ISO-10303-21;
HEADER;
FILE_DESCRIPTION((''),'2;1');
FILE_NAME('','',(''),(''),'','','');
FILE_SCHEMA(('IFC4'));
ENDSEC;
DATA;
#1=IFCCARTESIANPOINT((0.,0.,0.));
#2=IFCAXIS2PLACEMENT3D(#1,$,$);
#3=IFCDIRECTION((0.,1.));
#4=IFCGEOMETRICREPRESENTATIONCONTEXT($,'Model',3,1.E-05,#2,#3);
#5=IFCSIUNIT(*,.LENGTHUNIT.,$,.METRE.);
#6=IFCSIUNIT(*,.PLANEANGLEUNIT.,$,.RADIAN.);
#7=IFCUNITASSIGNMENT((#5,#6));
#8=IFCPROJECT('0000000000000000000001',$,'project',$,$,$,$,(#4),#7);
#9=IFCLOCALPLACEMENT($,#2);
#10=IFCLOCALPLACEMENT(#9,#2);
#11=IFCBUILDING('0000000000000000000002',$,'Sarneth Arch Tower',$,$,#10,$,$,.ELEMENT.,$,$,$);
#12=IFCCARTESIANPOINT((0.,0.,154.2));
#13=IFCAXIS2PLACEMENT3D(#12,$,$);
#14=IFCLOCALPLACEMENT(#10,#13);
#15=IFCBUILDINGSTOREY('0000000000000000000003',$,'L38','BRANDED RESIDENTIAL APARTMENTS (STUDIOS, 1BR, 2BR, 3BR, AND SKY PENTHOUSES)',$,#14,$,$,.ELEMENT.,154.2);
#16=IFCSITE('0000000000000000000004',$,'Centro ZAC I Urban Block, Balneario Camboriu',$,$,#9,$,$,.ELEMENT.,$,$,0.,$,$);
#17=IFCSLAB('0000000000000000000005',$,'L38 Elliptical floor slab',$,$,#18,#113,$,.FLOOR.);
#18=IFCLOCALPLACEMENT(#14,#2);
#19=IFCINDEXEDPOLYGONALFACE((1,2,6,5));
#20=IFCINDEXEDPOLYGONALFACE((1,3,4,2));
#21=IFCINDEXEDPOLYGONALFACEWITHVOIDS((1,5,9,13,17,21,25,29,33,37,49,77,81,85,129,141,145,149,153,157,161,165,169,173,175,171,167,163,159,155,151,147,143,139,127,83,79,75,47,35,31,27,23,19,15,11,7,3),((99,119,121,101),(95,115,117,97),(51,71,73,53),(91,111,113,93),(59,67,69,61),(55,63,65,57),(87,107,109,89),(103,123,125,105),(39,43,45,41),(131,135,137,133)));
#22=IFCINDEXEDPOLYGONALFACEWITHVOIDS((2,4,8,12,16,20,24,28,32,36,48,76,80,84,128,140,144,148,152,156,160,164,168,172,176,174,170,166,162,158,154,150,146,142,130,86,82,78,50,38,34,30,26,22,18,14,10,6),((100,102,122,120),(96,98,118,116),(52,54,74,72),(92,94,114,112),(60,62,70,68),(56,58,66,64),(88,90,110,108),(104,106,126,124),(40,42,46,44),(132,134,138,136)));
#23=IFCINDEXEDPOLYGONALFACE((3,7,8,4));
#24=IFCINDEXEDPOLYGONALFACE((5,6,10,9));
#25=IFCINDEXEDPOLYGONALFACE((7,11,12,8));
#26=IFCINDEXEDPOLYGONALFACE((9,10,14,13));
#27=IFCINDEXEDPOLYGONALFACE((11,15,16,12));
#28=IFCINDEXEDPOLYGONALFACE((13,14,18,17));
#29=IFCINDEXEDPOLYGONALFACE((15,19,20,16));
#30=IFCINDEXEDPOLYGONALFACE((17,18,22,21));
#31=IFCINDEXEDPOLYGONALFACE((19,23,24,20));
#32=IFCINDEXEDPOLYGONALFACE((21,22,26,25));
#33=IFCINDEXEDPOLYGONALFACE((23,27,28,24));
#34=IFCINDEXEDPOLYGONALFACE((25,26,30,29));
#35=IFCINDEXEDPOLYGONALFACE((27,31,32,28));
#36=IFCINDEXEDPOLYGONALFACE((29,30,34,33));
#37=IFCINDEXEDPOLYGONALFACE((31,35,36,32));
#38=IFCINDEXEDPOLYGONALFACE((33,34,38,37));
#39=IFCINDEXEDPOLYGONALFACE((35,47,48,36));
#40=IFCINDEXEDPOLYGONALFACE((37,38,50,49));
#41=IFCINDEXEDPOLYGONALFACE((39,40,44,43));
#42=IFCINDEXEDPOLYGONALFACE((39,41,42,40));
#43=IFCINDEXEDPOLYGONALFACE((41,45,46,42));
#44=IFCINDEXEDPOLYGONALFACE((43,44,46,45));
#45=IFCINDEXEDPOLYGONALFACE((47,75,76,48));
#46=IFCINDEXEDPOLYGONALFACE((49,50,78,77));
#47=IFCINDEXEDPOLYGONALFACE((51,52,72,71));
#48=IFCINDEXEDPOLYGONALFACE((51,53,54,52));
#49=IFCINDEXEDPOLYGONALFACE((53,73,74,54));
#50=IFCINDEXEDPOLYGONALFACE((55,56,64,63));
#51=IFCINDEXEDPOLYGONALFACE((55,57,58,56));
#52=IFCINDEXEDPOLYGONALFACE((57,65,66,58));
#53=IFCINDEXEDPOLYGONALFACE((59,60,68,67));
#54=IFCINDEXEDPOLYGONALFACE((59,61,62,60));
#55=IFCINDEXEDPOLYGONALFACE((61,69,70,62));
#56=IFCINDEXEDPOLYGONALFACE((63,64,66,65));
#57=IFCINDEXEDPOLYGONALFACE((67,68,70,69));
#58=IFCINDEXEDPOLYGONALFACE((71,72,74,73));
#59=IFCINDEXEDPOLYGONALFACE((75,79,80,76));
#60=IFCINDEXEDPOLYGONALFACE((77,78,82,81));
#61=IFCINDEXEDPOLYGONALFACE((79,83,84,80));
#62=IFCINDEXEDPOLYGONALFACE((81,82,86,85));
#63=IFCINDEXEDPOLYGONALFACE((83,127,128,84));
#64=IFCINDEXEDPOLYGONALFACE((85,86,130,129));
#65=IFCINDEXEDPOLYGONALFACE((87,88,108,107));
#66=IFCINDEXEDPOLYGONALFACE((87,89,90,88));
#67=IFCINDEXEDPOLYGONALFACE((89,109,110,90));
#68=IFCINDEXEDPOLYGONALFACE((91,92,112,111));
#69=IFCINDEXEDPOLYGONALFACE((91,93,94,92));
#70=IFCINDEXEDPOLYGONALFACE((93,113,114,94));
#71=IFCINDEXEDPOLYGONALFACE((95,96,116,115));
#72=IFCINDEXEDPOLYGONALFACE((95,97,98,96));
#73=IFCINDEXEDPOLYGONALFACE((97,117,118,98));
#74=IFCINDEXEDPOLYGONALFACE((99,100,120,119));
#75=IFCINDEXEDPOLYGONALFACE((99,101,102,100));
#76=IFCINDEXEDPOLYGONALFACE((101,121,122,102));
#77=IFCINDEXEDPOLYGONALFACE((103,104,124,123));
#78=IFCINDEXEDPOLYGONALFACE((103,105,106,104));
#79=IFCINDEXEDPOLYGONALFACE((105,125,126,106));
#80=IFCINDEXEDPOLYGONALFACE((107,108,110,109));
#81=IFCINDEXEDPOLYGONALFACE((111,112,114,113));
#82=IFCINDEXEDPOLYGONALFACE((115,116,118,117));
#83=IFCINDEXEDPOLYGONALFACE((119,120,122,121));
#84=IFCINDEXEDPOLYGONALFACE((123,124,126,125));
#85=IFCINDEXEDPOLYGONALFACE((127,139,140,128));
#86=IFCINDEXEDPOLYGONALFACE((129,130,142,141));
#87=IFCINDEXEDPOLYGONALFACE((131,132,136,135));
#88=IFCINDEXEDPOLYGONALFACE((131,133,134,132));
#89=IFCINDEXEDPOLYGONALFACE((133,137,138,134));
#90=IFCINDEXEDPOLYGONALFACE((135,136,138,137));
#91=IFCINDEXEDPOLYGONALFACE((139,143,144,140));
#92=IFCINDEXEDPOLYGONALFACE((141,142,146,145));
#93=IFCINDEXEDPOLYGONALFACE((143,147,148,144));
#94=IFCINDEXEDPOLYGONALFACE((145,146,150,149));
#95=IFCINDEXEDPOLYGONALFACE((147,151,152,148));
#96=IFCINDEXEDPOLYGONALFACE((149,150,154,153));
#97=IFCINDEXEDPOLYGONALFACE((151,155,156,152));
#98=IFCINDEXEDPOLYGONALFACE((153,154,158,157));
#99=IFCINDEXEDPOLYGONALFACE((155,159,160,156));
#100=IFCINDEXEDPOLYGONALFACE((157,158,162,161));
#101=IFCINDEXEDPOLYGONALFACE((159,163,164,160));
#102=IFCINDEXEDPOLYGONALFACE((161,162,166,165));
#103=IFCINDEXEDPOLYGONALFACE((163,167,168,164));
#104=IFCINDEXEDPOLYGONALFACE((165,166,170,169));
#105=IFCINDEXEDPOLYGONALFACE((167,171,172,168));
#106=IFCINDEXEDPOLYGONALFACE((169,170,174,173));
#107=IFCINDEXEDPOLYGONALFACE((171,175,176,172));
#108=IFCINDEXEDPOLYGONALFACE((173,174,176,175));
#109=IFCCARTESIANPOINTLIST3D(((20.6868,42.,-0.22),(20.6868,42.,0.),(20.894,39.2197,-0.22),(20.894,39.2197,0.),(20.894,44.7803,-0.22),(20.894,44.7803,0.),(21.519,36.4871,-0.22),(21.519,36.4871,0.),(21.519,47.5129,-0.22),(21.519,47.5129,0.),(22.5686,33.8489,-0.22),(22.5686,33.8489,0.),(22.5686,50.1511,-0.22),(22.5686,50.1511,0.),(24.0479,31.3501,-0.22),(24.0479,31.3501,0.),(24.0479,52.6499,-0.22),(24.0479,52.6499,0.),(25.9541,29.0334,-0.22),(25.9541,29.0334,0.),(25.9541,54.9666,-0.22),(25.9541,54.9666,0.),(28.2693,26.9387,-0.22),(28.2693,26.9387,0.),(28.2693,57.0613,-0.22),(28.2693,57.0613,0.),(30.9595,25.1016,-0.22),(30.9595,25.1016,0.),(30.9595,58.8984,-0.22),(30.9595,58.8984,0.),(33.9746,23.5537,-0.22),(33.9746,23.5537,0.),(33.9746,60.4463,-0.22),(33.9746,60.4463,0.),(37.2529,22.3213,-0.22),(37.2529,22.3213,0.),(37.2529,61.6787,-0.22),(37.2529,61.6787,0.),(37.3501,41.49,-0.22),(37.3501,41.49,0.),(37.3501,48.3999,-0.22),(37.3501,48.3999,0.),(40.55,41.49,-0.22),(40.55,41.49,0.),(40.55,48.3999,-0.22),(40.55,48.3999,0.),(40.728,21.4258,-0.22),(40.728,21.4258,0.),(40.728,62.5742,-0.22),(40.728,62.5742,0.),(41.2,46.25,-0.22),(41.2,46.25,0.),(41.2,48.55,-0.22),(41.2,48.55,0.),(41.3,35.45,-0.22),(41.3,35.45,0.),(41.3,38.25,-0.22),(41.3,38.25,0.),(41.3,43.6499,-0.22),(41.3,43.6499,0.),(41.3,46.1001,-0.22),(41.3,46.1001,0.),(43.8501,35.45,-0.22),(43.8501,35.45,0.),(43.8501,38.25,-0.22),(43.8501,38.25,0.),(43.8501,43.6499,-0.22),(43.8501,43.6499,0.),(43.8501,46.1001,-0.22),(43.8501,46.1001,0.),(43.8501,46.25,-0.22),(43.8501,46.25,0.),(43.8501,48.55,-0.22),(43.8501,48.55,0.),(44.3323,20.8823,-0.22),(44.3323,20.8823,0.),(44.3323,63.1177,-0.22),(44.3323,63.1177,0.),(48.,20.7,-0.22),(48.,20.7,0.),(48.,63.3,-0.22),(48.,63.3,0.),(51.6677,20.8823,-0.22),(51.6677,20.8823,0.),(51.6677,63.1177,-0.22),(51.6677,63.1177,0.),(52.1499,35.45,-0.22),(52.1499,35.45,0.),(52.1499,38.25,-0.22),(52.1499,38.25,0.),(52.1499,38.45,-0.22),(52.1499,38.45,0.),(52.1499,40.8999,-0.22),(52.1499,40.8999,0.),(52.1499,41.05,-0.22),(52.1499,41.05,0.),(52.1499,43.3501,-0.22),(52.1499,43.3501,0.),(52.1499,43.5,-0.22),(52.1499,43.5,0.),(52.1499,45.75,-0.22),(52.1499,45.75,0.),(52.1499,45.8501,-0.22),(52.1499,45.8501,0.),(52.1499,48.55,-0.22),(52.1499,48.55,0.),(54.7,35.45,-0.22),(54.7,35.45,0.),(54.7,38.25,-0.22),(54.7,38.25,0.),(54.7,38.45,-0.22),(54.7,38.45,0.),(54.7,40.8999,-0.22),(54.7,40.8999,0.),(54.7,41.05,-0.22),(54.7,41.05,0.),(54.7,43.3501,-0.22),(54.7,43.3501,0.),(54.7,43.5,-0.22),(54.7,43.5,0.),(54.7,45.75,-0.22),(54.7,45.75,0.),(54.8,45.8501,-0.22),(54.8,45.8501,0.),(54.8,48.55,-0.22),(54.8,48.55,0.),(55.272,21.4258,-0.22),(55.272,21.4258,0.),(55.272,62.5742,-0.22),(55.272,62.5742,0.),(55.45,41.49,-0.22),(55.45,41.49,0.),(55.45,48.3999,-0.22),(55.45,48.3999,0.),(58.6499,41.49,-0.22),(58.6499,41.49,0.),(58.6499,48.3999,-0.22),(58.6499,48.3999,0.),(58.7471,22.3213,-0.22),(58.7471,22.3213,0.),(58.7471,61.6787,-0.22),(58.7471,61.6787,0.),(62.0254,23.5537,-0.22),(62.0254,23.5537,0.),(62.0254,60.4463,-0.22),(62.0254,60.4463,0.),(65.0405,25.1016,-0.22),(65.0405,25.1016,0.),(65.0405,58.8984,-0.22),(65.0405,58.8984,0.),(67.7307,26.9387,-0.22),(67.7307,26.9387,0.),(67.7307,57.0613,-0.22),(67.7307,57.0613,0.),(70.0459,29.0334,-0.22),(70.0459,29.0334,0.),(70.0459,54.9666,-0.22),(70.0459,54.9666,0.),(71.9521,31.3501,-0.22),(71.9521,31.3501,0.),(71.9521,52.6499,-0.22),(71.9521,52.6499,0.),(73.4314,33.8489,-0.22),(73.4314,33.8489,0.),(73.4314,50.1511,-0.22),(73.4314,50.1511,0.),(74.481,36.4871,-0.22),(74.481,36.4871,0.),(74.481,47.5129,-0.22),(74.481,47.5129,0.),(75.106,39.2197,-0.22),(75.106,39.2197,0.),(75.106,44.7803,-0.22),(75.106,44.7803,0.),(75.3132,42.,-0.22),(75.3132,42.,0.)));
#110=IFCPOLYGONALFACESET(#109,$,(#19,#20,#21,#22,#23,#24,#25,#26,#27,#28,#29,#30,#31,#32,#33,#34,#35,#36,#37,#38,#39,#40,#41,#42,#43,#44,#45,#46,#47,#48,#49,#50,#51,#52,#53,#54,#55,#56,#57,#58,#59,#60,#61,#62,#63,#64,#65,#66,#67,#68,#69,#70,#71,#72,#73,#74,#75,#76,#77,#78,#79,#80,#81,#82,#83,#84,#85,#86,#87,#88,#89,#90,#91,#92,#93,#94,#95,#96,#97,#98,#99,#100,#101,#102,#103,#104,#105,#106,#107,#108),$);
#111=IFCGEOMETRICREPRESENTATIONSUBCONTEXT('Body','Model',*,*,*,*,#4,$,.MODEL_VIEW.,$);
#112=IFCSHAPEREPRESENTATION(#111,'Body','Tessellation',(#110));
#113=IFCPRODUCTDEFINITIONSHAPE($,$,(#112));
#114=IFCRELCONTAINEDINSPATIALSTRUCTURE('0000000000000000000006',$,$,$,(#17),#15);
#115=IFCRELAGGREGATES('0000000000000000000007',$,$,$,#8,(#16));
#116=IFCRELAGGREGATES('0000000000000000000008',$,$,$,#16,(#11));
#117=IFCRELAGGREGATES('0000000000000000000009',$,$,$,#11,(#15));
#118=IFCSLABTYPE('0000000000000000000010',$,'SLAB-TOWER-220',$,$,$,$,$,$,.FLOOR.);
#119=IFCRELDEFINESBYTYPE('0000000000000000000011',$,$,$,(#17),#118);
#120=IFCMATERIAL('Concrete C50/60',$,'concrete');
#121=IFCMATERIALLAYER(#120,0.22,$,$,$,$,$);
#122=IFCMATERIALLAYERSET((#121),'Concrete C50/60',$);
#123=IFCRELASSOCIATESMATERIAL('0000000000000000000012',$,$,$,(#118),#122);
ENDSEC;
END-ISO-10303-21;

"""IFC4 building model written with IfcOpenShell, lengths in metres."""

from ifc_helpers import new_model, si_unit, direction, frame, origin, place, context, subcontext, project, spatial, polyline, outline, extrude, material, layer, layer_set, type_object, element, save


model = new_model("IFC4")

# Units and contexts
model_context = context("Model", 3, precision=1e-05, world=origin(), true_north=direction((0.0, 1.0)))
body_context = subcontext(model_context, "Body", "Model", "MODEL_VIEW")
ifc_project = project(units=[si_unit("LENGTHUNIT", "METRE"), si_unit("PLANEANGLEUNIT", "RADIAN")], contexts=[model_context])

# Site, building, storey
site_placement = place(None, origin())
site = spatial("IfcSite", under=ifc_project, at=site_placement, Name="Centro ZAC I Urban Block, Balneario Camboriu", CompositionType="ELEMENT", RefElevation=0.0)
building_placement = place(site_placement, origin())
building = spatial("IfcBuilding", under=site, at=building_placement, Name="Sarneth Arch Tower", CompositionType="ELEMENT")
storey_placement = place(building_placement, frame((0.0, 0.0, 154.2)))
storey = spatial("IfcBuildingStorey", under=building, at=storey_placement, Name="L38", Description="BRANDED RESIDENTIAL APARTMENTS (STUDIOS, 1BR, 2BR, 3BR, AND SKY PENTHOUSES)", CompositionType="ELEMENT", Elevation=154.2)

# Slab
ifc_material_1 = material(Name="Concrete C50/60", Category="concrete")
ifc_layer_1 = layer(ifc_material_1, 0.22)
ifc_layer_set_1 = layer_set([ifc_layer_1], Name="Concrete C50/60")
slab_type_1 = type_object("IfcSlabType", Name="SLAB-TOWER-220", PredefinedType="FLOOR", material=ifc_layer_set_1)
slab_1_placement = place(storey_placement, frame((0.0, 0.0, -0.22)))
element("IfcSlab", 1, at=slab_1_placement, inside=storey, type_object=slab_type_1, Name="L38 Elliptical floor slab", PredefinedType="FLOOR", context=body_context, shape_type="SweptSolid", body=[
    extrude(outline(polyline([(75.3132, 42.0), (75.106, 44.7803), (74.481, 47.5129), (73.4314, 50.1511), (71.9521, 52.6499), (70.0459, 54.9666), (67.7307, 57.0613), (65.0405, 58.8984), (62.0254, 60.4463), (58.7471, 61.6787), (55.272, 62.5742), (51.6677, 63.1177), (48.0, 63.3), (44.3323, 63.1177), (40.728, 62.5742), (37.2529, 61.6787), (33.9746, 60.4463), (30.9595, 58.8984), (28.2693, 57.0613), (25.9541, 54.9666), (24.0479, 52.6499), (22.5686, 50.1511), (21.519, 47.5129), (20.894, 44.7803), (20.6868, 42.0), (20.894, 39.2197), (21.519, 36.4871), (22.5686, 33.8489), (24.0479, 31.3501), (25.9541, 29.0334), (28.2693, 26.9387), (30.9595, 25.1016), (33.9746, 23.5537), (37.2529, 22.3213), (40.728, 21.4258), (44.3323, 20.8823), (48.0, 20.7), (51.6677, 20.8823), (55.272, 21.4258), (58.7471, 22.3213), (62.0254, 23.5537), (65.0405, 25.1016), (67.7307, 26.9387), (70.0459, 29.0334), (71.9521, 31.3501), (73.4314, 33.8489), (74.481, 36.4871), (75.106, 39.2197), (75.3132, 42.0)]), holes=[polyline([(37.3501, 41.49), (40.55, 41.49), (40.55, 48.3999), (37.3501, 48.3999), (37.3501, 41.49)]), polyline([(55.45, 41.49), (58.6499, 41.49), (58.6499, 48.3999), (55.45, 48.3999), (55.45, 41.49)]), polyline([(41.2, 46.25), (43.8501, 46.25), (43.8501, 48.55), (41.2, 48.55), (41.2, 46.25)]), polyline([(41.3, 35.45), (43.8501, 35.45), (43.8501, 38.25), (41.3, 38.25), (41.3, 35.45)]), polyline([(52.1499, 35.45), (54.7, 35.45), (54.7, 38.25), (52.1499, 38.25), (52.1499, 35.45)]), polyline([(52.1499, 45.8501), (54.8, 45.8501), (54.8, 48.55), (52.1499, 48.55), (52.1499, 45.8501)]), polyline([(41.3, 43.6499), (43.8501, 43.6499), (43.8501, 46.1001), (41.3, 46.1001), (41.3, 43.6499)]), polyline([(52.1499, 38.45), (54.7, 38.45), (54.7, 40.8999), (52.1499, 40.8999), (52.1499, 38.45)]), polyline([(52.1499, 41.05), (54.7, 41.05), (54.7, 43.3501), (52.1499, 43.3501), (52.1499, 41.05)]), polyline([(52.1499, 43.5), (54.7, 43.5), (54.7, 45.75), (52.1499, 45.75), (52.1499, 43.5)])]), origin(), (0.0, 0.0, 1.0), 0.22),
])

save(model, "model.ifc")
